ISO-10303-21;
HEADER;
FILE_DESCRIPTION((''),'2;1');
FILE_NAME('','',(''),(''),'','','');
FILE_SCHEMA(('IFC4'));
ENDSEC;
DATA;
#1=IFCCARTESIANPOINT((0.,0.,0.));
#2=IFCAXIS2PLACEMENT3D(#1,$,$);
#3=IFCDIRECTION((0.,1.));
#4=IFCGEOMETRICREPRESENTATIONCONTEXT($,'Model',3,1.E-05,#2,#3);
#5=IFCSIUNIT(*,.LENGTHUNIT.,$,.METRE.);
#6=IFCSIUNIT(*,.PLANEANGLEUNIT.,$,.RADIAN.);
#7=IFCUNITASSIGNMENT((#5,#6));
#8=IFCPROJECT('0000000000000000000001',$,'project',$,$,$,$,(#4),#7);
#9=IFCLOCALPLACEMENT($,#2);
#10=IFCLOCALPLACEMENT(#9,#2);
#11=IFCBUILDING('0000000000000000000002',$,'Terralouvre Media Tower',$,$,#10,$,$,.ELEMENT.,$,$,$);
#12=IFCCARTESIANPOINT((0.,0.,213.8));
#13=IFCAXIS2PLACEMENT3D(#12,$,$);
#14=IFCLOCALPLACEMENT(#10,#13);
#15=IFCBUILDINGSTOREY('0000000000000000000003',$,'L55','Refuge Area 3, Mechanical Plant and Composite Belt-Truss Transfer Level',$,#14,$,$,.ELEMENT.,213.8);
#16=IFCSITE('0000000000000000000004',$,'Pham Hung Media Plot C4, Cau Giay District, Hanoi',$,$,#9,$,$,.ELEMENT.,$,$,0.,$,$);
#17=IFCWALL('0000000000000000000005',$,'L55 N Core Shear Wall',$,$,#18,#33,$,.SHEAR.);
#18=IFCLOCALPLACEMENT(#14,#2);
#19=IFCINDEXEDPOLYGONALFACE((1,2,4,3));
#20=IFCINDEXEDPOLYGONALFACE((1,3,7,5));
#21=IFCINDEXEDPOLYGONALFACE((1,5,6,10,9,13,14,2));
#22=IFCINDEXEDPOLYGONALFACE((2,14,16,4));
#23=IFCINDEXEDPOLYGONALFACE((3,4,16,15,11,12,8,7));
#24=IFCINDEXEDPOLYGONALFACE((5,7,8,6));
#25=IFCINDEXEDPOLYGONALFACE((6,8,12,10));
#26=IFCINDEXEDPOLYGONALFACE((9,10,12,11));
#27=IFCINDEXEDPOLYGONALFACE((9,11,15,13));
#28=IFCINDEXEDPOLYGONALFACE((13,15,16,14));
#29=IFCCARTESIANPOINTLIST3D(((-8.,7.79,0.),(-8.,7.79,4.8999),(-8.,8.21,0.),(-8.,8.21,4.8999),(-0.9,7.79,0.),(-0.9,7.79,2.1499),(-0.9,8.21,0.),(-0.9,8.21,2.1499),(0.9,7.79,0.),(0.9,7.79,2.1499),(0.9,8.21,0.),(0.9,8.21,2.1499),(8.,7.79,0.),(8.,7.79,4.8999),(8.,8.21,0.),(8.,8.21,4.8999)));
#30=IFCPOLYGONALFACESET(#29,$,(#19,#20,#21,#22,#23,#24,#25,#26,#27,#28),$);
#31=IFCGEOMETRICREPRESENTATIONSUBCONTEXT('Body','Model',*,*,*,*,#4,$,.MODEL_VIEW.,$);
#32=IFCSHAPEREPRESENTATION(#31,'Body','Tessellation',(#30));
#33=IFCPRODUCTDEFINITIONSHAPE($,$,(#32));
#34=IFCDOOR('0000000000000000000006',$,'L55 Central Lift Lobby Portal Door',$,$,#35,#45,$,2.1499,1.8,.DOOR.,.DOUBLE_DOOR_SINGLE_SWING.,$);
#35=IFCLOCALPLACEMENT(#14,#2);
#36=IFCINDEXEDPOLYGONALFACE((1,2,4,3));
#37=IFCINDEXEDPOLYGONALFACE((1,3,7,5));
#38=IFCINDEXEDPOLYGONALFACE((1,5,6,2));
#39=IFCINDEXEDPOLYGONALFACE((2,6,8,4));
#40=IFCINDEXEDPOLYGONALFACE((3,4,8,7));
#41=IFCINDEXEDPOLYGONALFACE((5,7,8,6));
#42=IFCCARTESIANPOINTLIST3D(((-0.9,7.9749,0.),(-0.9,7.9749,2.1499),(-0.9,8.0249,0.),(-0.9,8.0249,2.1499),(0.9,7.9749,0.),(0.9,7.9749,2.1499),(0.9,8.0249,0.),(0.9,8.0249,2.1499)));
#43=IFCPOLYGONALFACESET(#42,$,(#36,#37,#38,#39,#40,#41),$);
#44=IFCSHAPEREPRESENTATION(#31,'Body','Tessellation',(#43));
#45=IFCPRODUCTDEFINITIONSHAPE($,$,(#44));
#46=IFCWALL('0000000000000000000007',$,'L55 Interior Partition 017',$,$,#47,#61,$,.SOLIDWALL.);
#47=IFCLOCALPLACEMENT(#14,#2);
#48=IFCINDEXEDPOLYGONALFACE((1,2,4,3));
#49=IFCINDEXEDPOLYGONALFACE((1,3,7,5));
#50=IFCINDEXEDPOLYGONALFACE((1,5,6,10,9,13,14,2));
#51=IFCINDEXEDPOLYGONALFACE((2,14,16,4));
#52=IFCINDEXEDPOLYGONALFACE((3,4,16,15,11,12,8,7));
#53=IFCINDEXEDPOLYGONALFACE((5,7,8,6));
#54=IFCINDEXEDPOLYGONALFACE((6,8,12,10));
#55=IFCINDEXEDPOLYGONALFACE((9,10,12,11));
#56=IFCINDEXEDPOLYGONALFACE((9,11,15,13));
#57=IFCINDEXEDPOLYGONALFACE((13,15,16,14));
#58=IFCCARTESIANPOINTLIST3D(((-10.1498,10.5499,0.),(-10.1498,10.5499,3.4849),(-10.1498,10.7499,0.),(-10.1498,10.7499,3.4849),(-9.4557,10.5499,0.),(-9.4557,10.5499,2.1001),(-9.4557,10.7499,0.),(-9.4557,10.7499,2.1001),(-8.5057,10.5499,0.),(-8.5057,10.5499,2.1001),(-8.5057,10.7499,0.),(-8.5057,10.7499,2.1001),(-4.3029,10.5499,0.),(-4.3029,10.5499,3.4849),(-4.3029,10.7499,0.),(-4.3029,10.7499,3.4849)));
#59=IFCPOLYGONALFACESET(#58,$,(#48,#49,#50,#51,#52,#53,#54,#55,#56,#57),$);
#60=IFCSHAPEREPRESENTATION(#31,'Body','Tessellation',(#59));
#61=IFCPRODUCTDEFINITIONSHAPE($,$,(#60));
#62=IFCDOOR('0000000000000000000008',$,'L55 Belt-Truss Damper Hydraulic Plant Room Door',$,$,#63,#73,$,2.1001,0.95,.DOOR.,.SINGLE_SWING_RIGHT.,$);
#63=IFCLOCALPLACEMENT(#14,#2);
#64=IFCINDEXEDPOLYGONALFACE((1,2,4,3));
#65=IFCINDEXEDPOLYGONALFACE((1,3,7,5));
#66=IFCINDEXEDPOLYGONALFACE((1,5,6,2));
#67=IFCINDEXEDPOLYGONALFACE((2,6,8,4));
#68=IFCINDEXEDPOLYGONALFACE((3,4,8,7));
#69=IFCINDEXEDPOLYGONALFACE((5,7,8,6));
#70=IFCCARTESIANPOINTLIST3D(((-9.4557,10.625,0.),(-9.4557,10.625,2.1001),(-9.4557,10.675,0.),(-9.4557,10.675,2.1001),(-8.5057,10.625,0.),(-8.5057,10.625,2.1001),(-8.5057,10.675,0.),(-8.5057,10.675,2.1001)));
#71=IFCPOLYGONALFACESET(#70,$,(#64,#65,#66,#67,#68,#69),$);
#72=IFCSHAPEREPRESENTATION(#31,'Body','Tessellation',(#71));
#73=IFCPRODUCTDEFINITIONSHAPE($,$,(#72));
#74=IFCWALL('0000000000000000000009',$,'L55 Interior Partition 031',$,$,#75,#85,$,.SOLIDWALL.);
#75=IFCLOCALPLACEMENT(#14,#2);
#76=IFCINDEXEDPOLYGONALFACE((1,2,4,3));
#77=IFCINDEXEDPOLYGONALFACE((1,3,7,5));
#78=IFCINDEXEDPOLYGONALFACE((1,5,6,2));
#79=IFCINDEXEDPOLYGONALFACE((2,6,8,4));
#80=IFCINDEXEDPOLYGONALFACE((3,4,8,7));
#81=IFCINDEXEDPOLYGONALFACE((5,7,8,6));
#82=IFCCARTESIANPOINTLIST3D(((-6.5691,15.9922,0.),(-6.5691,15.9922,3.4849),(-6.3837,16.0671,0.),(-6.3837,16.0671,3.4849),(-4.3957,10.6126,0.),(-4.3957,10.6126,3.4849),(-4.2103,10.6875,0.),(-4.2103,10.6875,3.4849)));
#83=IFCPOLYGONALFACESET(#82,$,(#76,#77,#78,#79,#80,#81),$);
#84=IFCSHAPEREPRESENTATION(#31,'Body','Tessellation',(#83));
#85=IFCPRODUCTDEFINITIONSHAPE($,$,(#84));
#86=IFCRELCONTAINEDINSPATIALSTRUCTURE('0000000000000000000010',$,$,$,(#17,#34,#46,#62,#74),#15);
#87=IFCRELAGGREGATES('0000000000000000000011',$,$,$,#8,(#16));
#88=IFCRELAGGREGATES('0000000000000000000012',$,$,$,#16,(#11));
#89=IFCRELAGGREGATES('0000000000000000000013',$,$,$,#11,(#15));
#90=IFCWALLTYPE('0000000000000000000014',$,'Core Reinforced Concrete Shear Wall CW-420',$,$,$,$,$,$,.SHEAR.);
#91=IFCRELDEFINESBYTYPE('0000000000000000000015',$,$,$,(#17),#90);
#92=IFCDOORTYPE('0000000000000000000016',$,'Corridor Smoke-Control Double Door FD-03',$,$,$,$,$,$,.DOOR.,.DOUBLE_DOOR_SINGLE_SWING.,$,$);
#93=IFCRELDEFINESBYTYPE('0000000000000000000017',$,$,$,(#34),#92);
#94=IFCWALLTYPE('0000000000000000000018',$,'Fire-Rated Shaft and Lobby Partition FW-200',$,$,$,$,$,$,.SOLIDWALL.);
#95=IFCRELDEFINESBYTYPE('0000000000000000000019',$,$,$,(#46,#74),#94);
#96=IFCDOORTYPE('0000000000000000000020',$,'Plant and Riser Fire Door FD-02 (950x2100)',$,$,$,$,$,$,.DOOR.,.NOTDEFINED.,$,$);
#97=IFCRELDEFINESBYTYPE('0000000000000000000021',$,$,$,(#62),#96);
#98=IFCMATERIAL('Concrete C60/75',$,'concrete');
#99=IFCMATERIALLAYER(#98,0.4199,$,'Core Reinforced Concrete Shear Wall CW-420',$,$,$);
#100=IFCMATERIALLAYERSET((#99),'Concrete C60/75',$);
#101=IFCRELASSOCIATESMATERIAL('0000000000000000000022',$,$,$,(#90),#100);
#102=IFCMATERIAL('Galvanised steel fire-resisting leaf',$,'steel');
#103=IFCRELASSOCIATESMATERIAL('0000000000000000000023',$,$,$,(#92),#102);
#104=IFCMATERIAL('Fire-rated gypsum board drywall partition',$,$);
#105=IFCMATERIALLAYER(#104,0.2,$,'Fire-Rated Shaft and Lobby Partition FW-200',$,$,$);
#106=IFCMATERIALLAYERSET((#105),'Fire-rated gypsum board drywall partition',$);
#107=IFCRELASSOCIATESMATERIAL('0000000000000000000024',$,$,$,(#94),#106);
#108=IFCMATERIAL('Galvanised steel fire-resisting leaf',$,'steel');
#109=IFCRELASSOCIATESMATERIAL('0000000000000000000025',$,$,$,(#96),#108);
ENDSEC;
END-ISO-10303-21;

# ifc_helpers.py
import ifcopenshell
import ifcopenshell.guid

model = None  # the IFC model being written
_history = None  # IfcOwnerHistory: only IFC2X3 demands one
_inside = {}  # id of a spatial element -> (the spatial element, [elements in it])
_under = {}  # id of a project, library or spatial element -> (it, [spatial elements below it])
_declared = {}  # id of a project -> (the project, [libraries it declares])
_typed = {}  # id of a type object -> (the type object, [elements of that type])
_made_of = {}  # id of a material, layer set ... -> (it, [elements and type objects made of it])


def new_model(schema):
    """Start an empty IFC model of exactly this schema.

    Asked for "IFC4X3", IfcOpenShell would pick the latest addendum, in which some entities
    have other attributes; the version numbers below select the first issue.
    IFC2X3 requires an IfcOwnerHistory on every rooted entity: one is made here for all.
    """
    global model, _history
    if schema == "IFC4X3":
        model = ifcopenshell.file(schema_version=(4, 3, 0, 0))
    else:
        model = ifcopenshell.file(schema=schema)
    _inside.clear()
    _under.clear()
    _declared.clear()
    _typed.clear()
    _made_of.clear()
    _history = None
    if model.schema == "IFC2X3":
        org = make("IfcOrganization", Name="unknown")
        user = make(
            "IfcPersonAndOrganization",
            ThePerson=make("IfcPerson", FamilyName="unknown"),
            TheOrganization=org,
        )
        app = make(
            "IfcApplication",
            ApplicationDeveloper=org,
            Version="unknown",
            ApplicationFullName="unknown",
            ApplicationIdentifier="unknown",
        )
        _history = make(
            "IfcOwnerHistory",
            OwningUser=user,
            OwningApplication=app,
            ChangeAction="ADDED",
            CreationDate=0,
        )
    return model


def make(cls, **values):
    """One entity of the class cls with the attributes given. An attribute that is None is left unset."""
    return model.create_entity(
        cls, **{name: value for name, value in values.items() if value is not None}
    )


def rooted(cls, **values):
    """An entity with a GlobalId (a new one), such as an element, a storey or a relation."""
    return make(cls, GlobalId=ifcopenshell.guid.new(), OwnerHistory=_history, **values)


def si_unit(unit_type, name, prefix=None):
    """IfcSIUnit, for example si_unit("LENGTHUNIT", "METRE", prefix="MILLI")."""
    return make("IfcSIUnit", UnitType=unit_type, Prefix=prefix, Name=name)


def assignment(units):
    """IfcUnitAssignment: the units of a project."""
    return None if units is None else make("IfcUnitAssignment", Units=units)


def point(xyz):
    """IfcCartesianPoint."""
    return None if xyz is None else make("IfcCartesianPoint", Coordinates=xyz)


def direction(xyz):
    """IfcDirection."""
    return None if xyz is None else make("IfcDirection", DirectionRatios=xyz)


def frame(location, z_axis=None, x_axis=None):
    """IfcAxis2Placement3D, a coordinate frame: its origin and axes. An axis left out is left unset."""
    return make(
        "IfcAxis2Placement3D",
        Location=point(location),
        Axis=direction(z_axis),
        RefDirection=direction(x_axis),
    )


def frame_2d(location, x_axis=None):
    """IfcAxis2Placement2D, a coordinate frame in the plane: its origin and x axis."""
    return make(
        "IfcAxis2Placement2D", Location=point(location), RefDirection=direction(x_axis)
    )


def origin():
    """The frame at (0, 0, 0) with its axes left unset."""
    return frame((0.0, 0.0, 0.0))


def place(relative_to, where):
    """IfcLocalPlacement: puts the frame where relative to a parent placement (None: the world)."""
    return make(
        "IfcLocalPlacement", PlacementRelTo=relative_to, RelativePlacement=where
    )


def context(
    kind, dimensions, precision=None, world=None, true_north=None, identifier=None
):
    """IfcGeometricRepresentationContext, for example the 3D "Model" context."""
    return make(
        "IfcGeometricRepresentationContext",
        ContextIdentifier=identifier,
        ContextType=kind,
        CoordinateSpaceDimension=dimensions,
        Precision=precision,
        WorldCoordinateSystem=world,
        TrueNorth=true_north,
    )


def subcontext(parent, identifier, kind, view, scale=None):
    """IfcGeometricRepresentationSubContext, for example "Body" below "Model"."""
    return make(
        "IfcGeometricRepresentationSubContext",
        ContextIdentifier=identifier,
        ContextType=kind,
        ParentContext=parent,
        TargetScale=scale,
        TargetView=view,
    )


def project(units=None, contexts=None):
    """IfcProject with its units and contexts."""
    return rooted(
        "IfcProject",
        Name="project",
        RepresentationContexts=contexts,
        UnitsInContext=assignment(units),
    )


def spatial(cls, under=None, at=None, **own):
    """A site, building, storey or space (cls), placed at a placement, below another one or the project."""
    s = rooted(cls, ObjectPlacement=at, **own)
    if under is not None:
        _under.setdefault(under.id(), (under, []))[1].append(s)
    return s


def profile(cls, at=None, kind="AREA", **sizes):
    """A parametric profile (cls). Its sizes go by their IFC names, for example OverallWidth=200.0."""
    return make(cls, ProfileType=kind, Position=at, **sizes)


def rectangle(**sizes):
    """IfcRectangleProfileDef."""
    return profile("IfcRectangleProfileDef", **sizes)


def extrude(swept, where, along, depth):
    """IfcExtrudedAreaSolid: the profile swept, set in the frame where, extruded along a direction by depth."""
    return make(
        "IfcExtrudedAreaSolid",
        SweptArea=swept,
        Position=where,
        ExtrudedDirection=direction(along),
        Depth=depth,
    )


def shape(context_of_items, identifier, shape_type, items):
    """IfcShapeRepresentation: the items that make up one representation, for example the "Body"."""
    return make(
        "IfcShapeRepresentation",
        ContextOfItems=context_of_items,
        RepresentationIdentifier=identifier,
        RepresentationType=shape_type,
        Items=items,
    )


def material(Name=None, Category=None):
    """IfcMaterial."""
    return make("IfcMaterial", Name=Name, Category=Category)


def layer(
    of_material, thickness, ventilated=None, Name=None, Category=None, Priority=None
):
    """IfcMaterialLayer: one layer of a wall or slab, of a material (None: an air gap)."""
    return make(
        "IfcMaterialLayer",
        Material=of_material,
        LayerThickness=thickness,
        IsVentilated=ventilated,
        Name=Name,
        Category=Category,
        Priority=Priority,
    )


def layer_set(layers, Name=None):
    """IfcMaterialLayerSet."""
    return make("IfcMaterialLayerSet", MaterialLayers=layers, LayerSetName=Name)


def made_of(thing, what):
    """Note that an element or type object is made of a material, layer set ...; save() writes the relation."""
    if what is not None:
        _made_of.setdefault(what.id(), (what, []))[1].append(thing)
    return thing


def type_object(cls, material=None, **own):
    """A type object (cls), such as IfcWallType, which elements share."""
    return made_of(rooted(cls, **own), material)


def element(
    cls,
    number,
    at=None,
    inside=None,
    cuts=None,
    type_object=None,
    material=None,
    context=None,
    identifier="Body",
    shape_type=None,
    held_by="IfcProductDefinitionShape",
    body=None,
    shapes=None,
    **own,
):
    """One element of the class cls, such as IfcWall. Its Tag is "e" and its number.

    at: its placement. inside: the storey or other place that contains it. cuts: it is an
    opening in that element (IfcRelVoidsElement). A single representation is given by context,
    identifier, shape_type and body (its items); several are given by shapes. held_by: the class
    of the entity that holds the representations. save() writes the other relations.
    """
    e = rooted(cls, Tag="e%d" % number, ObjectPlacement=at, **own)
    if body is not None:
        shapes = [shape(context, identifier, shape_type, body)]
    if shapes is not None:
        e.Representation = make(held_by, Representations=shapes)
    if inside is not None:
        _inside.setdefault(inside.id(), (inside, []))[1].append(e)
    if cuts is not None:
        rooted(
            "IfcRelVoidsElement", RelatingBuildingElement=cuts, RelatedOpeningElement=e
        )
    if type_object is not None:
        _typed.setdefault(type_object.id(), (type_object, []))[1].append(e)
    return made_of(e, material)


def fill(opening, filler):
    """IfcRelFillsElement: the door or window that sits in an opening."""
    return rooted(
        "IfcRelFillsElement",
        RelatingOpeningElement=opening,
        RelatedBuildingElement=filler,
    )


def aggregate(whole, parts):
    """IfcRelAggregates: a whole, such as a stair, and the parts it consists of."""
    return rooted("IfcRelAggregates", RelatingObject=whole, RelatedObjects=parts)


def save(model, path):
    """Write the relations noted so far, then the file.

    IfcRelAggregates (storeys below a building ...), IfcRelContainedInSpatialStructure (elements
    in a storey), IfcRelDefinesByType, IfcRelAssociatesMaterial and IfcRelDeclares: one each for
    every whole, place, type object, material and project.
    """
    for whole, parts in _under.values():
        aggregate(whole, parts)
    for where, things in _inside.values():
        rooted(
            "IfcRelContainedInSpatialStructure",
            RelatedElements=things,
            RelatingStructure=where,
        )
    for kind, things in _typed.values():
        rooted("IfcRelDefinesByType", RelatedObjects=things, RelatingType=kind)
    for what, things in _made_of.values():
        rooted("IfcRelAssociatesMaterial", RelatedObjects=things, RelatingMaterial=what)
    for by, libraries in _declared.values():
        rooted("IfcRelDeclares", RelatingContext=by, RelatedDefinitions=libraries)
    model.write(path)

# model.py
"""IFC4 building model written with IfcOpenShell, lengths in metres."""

from ifc_helpers import new_model, si_unit, direction, frame, frame_2d, origin, place, context, subcontext, project, spatial, rectangle, extrude, material, layer, layer_set, type_object, element, fill, save


model = new_model("IFC4")

# Units and contexts
model_context = context("Model", 3, precision=1e-05, world=origin(), true_north=direction((0.0, 1.0)))
body_context = subcontext(model_context, "Body", "Model", "MODEL_VIEW")
ifc_project = project(units=[si_unit("LENGTHUNIT", "METRE"), si_unit("PLANEANGLEUNIT", "RADIAN")], contexts=[model_context])

# Site, building, storey
site_placement = place(None, origin())
site = spatial("IfcSite", under=ifc_project, at=site_placement, Name="Pham Hung Media Plot C4, Cau Giay District, Hanoi", CompositionType="ELEMENT", RefElevation=0.0)
building_placement = place(site_placement, origin())
building = spatial("IfcBuilding", under=site, at=building_placement, Name="Terralouvre Media Tower", CompositionType="ELEMENT")
storey_placement = place(building_placement, frame((0.0, 0.0, 213.8)))
storey = spatial("IfcBuildingStorey", under=building, at=storey_placement, Name="L55", Description="Refuge Area 3, Mechanical Plant and Composite Belt-Truss Transfer Level", CompositionType="ELEMENT", Elevation=213.8)

# Walls, openings, doors
ifc_material_1 = material(Name="Concrete C60/75", Category="concrete")
ifc_layer_1 = layer(ifc_material_1, 0.4199, Name="Core Reinforced Concrete Shear Wall CW-420")
ifc_layer_set_1 = layer_set([ifc_layer_1], Name="Concrete C60/75")
wall_type_1 = type_object("IfcWallType", Name="Core Reinforced Concrete Shear Wall CW-420", PredefinedType="SHEAR", material=ifc_layer_set_1)
wall_1_placement = place(storey_placement, frame((-8.0, 8.0, 0.0), z_axis=(0.0, 0.0, 1.0), x_axis=(1.0, 0.0, 0.0)))
wall_1 = element("IfcWall", 1, at=wall_1_placement, inside=storey, type_object=wall_type_1, Name="L55 N Core Shear Wall", PredefinedType="SHEAR", context=body_context, shape_type="SweptSolid", body=[
    extrude(rectangle(XDim=16.0, YDim=0.4199, at=frame_2d((8.0, 0.0))), origin(), (0.0, 0.0, 1.0), 4.8999),
])
opening_1_placement = place(wall_1_placement, frame((7.1001, 0.0, 0.0)))
opening_1 = element("IfcOpeningElement", 2, at=opening_1_placement, cuts=wall_1, PredefinedType="OPENING", context=body_context, shape_type="SweptSolid", body=[
    extrude(rectangle(XDim=1.8, YDim=2.1499, at=frame_2d((0.8999, 1.075))), frame((0.0, 0.22, 0.0), z_axis=(0.0, -1.0, 0.0), x_axis=(1.0, 0.0, 0.0)), (0.0, 0.0, 1.0), 0.4399),
])
ifc_material_2 = material(Name="Galvanised steel fire-resisting leaf", Category="steel")
door_type_1 = type_object("IfcDoorType", Name="Corridor Smoke-Control Double Door FD-03", OperationType="DOUBLE_DOOR_SINGLE_SWING", PredefinedType="DOOR", material=ifc_material_2)
door_1_placement = place(opening_1_placement, origin())
door_1 = element("IfcDoor", 3, at=door_1_placement, inside=storey, type_object=door_type_1, Name="L55 Central Lift Lobby Portal Door", OperationType="DOUBLE_DOOR_SINGLE_SWING", OverallHeight=2.1499, OverallWidth=1.8, PredefinedType="DOOR", context=body_context, shape_type="SweptSolid", body=[
    extrude(rectangle(XDim=1.8, YDim=2.1499, at=frame_2d((0.8999, 1.075))), frame((0.0, 0.0249, 0.0), z_axis=(0.0, -1.0, 0.0), x_axis=(1.0, 0.0, 0.0)), (0.0, 0.0, 1.0), 0.05),
])
fill(opening_1, door_1)
ifc_material_3 = material(Name="Fire-rated gypsum board drywall partition")
ifc_layer_2 = layer(ifc_material_3, 0.2, Name="Fire-Rated Shaft and Lobby Partition FW-200")
ifc_layer_set_2 = layer_set([ifc_layer_2], Name="Fire-rated gypsum board drywall partition")
wall_type_2 = type_object("IfcWallType", Name="Fire-Rated Shaft and Lobby Partition FW-200", PredefinedType="SOLIDWALL", material=ifc_layer_set_2)
wall_2_placement = place(storey_placement, frame((-4.303, 10.6499, 0.0), z_axis=(0.0, 0.0, 1.0), x_axis=(-1.0, 0.0, 0.0)))
wall_2 = element("IfcWall", 4, at=wall_2_placement, inside=storey, type_object=wall_type_2, Name="L55 Interior Partition 017", PredefinedType="SOLIDWALL", context=body_context, shape_type="SweptSolid", body=[
    extrude(rectangle(XDim=5.8469, YDim=0.2, at=frame_2d((2.9233, 0.0))), origin(), (0.0, 0.0, 1.0), 3.4849),
])
opening_2_placement = place(wall_2_placement, frame((4.2026, 0.0, 0.0)))
opening_2 = element("IfcOpeningElement", 5, at=opening_2_placement, cuts=wall_2, PredefinedType="OPENING", context=body_context, shape_type="SweptSolid", body=[
    extrude(rectangle(XDim=0.95, YDim=2.1001, at=frame_2d((0.4751, 1.05))), frame((0.0, 0.1099, 0.0), z_axis=(0.0, -1.0, 0.0), x_axis=(1.0, 0.0, 0.0)), (0.0, 0.0, 1.0), 0.22),
])
ifc_material_4 = material(Name="Galvanised steel fire-resisting leaf", Category="steel")
door_type_2 = type_object("IfcDoorType", Name="Plant and Riser Fire Door FD-02 (950x2100)", OperationType="NOTDEFINED", PredefinedType="DOOR", material=ifc_material_4)
door_2_placement = place(opening_2_placement, origin())
door_2 = element("IfcDoor", 6, at=door_2_placement, inside=storey, type_object=door_type_2, Name="L55 Belt-Truss Damper Hydraulic Plant Room Door", OperationType="SINGLE_SWING_RIGHT", OverallHeight=2.1001, OverallWidth=0.95, PredefinedType="DOOR", context=body_context, shape_type="SweptSolid", body=[
    extrude(rectangle(XDim=0.95, YDim=2.1001, at=frame_2d((0.4751, 1.05))), frame((0.0, 0.0249, 0.0), z_axis=(0.0, -1.0, 0.0), x_axis=(1.0, 0.0, 0.0)), (0.0, 0.0, 1.0), 0.05),
])
fill(opening_2, door_2)

# Wall
wall_3_placement = place(storey_placement, frame((-6.4763, 16.0295, 0.0), z_axis=(0.0, 0.0, 1.0), x_axis=(0.374581, -0.927194, 0.0)))
element("IfcWall", 7, at=wall_3_placement, inside=storey, type_object=wall_type_2, Name="L55 Interior Partition 031", PredefinedType="SOLIDWALL", context=body_context, shape_type="SweptSolid", body=[
    extrude(rectangle(XDim=5.802, YDim=0.2, at=frame_2d((2.9009, 0.0))), origin(), (0.0, 0.0, 1.0), 3.4849),
])

save(model, "model.ifc")
